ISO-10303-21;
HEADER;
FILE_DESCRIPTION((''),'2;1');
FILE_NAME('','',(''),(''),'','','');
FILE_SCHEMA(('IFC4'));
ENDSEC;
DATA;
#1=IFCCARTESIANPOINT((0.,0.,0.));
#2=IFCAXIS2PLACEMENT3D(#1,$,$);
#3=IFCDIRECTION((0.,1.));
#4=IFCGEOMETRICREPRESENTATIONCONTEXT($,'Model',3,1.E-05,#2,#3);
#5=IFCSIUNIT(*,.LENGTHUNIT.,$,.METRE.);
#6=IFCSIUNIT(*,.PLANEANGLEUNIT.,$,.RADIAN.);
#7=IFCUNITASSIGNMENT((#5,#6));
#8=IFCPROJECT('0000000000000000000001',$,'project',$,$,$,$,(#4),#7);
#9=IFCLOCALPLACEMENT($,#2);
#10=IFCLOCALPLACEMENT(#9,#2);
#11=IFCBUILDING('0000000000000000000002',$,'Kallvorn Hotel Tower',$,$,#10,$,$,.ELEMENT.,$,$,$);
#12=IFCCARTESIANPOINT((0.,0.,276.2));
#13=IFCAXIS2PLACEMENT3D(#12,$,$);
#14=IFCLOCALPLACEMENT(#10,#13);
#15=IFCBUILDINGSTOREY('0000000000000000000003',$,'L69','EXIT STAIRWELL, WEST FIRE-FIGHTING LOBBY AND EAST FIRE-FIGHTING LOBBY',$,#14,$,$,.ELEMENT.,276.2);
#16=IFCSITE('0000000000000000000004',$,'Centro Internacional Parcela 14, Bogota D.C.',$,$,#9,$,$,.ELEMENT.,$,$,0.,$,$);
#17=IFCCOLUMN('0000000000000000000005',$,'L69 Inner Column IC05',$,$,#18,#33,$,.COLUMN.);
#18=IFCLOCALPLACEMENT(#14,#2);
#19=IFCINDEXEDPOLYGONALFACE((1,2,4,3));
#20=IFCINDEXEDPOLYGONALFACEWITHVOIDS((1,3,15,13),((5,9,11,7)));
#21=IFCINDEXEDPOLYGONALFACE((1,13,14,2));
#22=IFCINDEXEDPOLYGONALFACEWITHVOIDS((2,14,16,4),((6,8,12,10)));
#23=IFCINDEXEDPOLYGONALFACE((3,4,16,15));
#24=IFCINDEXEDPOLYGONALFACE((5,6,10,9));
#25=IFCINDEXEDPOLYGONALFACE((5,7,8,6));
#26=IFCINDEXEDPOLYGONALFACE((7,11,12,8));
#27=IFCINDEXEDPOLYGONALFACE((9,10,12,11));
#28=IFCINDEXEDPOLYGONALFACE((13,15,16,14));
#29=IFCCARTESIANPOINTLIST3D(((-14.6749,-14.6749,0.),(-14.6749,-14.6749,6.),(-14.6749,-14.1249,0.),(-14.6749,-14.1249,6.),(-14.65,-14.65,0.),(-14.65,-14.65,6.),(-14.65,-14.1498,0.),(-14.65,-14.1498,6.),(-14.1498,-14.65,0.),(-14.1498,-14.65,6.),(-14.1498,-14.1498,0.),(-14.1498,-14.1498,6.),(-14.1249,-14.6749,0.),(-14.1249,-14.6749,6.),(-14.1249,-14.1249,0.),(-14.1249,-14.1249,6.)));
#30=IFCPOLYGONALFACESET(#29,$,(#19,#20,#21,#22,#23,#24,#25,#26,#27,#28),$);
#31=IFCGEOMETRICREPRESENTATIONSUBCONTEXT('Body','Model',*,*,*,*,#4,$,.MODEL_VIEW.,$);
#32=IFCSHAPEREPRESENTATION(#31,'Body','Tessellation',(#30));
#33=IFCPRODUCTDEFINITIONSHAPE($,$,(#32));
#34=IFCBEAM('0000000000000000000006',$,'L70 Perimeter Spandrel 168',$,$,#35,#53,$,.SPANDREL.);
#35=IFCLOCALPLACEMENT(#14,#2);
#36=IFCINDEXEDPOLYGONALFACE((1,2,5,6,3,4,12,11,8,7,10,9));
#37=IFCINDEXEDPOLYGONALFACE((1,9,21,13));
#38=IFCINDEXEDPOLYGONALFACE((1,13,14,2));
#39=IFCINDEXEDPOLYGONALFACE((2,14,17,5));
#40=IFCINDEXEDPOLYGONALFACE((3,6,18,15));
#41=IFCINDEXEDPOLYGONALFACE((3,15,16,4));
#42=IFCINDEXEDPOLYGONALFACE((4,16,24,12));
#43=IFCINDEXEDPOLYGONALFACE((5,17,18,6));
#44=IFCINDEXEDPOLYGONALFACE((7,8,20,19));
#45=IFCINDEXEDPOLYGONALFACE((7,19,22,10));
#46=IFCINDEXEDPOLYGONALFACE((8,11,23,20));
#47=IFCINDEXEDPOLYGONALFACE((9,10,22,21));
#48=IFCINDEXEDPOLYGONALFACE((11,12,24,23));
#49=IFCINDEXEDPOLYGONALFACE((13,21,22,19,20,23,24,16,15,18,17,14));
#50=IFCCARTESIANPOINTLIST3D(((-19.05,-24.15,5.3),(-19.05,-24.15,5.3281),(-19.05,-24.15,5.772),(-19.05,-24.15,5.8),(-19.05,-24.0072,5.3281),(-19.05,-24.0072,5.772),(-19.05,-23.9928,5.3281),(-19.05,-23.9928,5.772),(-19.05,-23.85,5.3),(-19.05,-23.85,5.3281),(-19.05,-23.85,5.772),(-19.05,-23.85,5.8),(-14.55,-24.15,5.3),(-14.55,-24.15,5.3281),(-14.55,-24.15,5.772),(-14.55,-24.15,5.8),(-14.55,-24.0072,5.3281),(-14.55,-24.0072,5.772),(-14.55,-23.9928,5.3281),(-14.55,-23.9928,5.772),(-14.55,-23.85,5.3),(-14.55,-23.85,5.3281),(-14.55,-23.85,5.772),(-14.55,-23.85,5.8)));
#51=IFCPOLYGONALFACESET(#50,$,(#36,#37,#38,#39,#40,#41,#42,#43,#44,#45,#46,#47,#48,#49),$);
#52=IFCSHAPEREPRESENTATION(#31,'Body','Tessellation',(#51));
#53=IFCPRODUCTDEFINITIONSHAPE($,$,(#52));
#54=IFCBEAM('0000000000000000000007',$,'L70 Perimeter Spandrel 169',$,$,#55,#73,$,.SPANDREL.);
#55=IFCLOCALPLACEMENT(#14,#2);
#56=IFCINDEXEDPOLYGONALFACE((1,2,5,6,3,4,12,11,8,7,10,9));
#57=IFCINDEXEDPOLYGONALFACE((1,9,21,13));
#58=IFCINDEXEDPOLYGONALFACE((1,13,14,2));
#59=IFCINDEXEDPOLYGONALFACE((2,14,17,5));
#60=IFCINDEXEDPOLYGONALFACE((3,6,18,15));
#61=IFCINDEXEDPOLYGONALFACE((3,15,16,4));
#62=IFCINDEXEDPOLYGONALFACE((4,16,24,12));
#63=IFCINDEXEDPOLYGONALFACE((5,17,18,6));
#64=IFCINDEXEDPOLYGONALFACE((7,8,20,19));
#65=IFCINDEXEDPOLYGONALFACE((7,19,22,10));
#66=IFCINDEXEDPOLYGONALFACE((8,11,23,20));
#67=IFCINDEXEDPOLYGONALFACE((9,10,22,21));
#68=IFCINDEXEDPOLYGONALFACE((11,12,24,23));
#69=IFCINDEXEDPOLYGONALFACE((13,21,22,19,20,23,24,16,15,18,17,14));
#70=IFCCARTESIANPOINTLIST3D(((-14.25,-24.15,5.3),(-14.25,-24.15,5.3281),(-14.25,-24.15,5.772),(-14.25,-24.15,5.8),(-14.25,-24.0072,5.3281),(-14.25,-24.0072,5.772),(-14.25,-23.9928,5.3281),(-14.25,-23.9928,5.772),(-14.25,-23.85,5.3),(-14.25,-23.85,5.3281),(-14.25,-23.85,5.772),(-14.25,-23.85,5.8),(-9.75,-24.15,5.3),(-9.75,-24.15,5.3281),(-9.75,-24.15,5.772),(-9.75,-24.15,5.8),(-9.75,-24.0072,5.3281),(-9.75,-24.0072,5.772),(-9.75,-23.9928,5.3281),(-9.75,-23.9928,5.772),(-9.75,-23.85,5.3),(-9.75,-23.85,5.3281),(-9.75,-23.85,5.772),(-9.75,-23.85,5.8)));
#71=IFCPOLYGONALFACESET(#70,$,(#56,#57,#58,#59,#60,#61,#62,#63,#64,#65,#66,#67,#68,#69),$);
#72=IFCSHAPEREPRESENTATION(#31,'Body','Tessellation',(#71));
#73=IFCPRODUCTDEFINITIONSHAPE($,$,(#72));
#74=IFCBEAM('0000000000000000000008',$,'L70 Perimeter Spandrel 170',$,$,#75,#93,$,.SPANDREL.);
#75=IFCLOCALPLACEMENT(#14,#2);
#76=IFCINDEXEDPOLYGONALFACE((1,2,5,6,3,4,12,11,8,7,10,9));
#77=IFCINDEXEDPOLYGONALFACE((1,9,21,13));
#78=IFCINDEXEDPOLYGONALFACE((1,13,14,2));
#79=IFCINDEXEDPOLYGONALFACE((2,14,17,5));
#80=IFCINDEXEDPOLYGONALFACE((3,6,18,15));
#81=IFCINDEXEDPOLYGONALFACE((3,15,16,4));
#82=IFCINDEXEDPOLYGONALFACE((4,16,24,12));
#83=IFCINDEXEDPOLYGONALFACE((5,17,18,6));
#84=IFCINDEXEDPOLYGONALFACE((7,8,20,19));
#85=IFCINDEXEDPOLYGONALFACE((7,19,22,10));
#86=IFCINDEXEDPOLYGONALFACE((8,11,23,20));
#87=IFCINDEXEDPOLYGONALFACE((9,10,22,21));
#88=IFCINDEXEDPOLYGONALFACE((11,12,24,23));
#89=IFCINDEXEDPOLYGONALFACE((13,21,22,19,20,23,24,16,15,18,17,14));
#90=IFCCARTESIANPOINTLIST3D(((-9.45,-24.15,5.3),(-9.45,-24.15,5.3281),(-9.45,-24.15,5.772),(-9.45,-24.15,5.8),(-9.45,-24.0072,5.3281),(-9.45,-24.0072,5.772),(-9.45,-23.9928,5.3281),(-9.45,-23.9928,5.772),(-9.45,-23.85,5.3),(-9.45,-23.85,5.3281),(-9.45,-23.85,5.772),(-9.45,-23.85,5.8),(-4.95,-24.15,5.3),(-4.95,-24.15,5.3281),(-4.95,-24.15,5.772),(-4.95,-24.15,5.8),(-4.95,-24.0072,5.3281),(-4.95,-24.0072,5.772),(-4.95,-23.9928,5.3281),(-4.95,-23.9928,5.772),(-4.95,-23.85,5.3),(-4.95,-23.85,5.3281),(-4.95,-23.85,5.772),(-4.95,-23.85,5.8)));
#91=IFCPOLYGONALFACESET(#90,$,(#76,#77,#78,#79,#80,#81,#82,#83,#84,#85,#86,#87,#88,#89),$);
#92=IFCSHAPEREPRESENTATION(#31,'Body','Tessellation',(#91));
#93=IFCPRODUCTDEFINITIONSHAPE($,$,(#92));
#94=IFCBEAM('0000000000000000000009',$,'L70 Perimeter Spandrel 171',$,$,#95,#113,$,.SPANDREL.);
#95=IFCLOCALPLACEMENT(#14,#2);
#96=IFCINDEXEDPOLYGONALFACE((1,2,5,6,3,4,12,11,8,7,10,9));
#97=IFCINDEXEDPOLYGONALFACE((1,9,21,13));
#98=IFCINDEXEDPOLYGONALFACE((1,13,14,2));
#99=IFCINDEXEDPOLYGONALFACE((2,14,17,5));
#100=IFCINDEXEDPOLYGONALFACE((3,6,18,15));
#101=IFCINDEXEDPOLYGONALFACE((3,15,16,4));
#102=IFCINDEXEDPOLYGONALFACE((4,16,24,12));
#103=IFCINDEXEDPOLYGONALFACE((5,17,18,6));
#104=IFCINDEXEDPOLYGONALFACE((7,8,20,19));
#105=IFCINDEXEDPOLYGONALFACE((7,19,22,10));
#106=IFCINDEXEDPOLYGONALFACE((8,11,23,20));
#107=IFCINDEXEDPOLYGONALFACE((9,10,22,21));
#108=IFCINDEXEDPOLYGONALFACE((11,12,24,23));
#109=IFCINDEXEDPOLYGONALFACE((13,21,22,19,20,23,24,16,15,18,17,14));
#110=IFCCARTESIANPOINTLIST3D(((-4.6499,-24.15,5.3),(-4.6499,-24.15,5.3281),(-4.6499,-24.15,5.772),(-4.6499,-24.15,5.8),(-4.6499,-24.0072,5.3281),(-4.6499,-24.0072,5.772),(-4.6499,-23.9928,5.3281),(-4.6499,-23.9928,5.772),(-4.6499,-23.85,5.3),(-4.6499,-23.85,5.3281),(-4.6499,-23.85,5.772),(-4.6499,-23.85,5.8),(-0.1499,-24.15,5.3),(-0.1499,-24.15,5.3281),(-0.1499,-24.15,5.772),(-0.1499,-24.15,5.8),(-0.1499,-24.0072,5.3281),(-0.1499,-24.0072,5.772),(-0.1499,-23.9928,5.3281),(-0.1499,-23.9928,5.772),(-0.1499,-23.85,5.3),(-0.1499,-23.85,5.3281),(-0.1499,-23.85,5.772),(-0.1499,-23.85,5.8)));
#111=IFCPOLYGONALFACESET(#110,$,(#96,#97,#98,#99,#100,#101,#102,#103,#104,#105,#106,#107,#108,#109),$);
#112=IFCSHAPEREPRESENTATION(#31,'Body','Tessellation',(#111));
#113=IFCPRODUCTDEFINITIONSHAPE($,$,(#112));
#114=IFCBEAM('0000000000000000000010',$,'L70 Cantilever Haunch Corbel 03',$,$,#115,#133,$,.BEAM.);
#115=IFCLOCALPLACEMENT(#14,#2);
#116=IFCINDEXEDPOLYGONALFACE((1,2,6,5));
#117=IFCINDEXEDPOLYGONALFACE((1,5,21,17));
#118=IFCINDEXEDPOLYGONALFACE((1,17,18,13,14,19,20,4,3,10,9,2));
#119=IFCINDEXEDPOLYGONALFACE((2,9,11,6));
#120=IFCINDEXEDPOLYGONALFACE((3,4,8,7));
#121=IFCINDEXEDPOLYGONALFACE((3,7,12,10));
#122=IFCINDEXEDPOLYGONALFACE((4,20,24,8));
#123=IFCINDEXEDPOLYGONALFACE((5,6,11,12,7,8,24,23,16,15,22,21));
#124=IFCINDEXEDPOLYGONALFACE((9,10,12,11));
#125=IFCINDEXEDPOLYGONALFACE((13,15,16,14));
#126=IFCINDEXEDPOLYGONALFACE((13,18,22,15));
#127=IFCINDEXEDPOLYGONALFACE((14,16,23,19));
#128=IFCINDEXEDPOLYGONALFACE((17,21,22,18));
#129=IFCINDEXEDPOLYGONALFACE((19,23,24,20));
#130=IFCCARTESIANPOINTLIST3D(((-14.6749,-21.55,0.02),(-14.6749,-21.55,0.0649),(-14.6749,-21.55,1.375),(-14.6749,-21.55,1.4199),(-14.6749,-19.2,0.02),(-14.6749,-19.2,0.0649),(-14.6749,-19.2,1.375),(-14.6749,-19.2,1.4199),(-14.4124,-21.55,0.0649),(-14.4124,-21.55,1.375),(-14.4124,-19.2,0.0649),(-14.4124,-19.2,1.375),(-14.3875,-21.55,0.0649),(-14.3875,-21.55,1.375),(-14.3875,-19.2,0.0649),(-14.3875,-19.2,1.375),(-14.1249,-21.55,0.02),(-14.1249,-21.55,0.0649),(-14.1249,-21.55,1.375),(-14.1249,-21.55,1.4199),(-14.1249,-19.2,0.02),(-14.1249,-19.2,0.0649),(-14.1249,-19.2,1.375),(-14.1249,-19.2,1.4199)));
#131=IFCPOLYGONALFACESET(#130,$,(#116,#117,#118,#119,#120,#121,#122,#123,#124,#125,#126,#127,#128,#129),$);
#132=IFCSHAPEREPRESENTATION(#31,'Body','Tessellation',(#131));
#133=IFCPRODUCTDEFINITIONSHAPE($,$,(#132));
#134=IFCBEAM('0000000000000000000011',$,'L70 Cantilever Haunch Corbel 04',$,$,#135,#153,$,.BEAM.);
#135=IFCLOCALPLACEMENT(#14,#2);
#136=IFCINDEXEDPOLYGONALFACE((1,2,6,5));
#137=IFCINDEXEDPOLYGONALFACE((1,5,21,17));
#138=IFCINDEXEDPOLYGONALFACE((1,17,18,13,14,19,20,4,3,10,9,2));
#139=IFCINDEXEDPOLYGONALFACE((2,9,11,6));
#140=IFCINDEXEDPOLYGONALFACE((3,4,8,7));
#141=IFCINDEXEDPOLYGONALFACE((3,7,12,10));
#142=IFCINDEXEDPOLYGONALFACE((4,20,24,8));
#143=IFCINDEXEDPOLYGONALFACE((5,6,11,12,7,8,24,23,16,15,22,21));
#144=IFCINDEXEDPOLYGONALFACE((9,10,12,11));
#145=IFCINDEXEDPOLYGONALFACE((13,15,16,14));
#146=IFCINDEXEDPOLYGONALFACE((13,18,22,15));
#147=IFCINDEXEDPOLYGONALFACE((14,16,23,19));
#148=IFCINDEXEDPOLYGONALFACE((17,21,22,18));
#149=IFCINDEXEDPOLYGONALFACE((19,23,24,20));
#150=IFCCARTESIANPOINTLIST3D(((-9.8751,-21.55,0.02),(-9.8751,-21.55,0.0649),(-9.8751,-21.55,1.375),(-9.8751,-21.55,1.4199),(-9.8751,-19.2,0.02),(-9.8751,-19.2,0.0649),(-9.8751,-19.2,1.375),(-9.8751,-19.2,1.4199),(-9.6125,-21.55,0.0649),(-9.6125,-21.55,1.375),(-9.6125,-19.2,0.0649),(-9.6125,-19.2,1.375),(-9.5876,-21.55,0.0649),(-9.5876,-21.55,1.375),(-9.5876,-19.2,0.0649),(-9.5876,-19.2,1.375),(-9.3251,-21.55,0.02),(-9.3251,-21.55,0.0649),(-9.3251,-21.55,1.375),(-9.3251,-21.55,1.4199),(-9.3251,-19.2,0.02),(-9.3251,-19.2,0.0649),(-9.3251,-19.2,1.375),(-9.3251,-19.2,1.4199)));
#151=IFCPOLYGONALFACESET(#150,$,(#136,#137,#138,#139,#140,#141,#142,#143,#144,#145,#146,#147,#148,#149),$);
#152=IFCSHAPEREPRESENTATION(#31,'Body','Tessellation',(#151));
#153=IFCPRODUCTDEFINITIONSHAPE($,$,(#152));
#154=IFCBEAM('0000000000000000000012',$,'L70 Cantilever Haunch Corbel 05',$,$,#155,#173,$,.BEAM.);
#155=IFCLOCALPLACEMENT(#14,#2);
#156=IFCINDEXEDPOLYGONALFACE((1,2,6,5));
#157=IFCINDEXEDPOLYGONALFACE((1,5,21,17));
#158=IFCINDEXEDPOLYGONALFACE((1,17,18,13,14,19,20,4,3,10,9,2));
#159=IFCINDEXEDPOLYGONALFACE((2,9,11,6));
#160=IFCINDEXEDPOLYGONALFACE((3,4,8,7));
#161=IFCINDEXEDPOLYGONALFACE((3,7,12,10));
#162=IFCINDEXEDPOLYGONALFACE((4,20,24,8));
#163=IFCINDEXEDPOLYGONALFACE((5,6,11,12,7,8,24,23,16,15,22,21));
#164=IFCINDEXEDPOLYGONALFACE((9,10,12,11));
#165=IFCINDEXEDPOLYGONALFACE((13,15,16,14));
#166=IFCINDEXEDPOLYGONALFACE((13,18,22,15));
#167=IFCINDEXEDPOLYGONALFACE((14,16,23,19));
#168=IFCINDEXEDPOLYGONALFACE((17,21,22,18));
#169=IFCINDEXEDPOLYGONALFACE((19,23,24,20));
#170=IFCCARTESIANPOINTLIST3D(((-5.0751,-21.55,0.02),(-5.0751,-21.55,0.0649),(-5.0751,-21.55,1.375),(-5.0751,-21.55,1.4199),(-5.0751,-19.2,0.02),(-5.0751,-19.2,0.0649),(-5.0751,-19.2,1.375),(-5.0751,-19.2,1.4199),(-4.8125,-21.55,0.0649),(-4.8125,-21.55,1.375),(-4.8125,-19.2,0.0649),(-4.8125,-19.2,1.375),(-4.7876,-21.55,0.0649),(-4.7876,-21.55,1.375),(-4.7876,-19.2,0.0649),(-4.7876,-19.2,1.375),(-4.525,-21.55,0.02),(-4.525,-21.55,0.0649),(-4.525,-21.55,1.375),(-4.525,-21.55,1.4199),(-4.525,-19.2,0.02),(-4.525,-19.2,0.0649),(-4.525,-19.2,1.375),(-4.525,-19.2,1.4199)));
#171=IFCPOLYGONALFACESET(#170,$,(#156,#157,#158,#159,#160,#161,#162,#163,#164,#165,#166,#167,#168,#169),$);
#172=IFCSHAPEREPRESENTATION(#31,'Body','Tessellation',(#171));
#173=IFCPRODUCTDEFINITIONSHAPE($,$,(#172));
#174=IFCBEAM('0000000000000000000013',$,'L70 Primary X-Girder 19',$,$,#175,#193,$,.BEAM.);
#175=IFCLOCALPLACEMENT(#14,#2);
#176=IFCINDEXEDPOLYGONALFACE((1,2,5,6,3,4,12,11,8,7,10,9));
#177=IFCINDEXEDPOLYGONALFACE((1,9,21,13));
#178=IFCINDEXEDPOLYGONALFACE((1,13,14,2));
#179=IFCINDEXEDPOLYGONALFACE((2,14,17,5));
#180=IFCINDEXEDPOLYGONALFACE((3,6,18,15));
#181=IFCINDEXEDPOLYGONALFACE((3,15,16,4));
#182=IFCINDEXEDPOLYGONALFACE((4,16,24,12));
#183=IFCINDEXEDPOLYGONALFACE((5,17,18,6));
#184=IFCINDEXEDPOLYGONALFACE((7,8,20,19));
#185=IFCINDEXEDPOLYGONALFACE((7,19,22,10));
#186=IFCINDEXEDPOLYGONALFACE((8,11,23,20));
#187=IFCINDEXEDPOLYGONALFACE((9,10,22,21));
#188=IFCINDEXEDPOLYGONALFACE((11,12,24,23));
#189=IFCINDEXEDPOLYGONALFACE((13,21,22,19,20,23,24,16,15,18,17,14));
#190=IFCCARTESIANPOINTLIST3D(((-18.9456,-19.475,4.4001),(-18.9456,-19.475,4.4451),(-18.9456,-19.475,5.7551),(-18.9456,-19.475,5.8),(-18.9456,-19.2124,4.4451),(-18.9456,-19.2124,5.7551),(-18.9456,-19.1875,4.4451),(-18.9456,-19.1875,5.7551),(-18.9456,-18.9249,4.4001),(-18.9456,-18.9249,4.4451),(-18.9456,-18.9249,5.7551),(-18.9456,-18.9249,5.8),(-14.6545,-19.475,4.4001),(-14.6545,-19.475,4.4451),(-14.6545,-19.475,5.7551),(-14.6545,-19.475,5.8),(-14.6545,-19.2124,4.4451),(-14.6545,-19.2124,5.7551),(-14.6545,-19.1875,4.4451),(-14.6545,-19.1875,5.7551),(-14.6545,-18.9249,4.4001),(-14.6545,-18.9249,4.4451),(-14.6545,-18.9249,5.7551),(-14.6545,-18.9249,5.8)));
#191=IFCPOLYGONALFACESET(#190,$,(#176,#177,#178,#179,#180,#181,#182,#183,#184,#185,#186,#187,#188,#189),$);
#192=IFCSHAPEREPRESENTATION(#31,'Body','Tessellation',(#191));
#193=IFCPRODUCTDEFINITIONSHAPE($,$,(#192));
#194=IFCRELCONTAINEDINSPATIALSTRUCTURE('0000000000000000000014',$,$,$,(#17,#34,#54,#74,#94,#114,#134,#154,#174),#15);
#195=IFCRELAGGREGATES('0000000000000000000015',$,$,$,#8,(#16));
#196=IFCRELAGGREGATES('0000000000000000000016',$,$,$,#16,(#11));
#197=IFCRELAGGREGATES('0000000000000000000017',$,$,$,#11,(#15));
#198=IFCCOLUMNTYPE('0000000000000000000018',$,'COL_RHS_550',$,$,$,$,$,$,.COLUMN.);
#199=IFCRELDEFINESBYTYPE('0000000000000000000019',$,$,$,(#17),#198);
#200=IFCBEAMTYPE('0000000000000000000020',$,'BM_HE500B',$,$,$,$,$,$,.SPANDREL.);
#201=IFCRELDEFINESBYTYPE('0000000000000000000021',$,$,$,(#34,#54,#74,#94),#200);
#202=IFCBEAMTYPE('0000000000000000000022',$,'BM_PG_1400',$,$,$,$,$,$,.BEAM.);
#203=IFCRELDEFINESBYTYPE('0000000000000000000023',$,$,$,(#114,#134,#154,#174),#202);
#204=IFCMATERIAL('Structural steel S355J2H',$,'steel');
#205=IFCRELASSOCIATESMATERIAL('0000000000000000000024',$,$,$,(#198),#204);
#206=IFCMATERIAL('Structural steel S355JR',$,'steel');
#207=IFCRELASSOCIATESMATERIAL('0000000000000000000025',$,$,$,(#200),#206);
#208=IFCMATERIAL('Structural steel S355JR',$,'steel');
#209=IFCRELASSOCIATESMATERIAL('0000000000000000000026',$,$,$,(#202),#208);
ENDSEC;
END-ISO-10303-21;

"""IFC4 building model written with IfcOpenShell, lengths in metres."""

from ifc_helpers import new_model, si_unit, direction, frame, origin, origin_2d, place, context, subcontext, project, spatial, hollow_rectangle, i_section, extrude, material, material_profile, profile_set, type_object, element, save


model = new_model("IFC4")

# Units and contexts
model_context = context("Model", 3, precision=1e-05, world=origin(), true_north=direction((0.0, 1.0)))
body_context = subcontext(model_context, "Body", "Model", "MODEL_VIEW")
ifc_project = project(units=[si_unit("LENGTHUNIT", "METRE"), si_unit("PLANEANGLEUNIT", "RADIAN")], contexts=[model_context])

# Site, building, storey
site_placement = place(None, origin())
site = spatial("IfcSite", under=ifc_project, at=site_placement, Name="Centro Internacional Parcela 14, Bogota D.C.", CompositionType="ELEMENT", RefElevation=0.0)
building_placement = place(site_placement, origin())
building = spatial("IfcBuilding", under=site, at=building_placement, Name="Kallvorn Hotel Tower", CompositionType="ELEMENT")
storey_placement = place(building_placement, frame((0.0, 0.0, 276.2)))
storey = spatial("IfcBuildingStorey", under=building, at=storey_placement, Name="L69", Description="EXIT STAIRWELL, WEST FIRE-FIGHTING LOBBY AND EAST FIRE-FIGHTING LOBBY", CompositionType="ELEMENT", Elevation=276.2)

# Column
ifc_material_1 = material(Name="Structural steel S355J2H", Category="steel")
ifc_material_profile_1 = material_profile(ifc_material_1, hollow_rectangle(XDim=0.55, YDim=0.55, WallThickness=0.0249, at=origin_2d()), Name="RHS 550x550x25")
ifc_profile_set_1 = profile_set([ifc_material_profile_1], Name="Structural steel S355J2H")
column_type_1 = type_object("IfcColumnType", Name="COL_RHS_550", PredefinedType="COLUMN", material=ifc_profile_set_1)
column_placement = place(storey_placement, frame((-14.3999, -14.3999, 0.0), z_axis=(0.0, 0.0, 1.0), x_axis=(1.0, 0.0, 0.0)))
element("IfcColumn", 1, at=column_placement, inside=storey, type_object=column_type_1, Name="L69 Inner Column IC05", PredefinedType="COLUMN", context=body_context, shape_type="SweptSolid", body=[
    extrude(hollow_rectangle(XDim=0.55, YDim=0.55, WallThickness=0.0249, at=origin_2d()), origin(), (0.0, 0.0, 1.0), 6.0),
])

# Beams
ifc_material_2 = material(Name="Structural steel S355JR", Category="steel")
ifc_material_profile_2 = material_profile(ifc_material_2, i_section(OverallWidth=0.3, OverallDepth=0.5, WebThickness=0.0144, FlangeThickness=0.0281, at=origin_2d()), Name="HE 500 B")
ifc_profile_set_2 = profile_set([ifc_material_profile_2], Name="Structural steel S355JR")
beam_type_1 = type_object("IfcBeamType", Name="BM_HE500B", PredefinedType="SPANDREL", material=ifc_profile_set_2)
for number, where, z_axis, x_axis, name in (
    (2, (-19.05, -24.0, 5.55), (1.0, 0.0, 0.0), (0.0, 1.0, 0.0), "L70 Perimeter Spandrel 168"),
    (3, (-14.25, -24.0, 5.55), (1.0, 0.0, 0.0), (0.0, 1.0, 0.0), "L70 Perimeter Spandrel 169"),
    (4, (-9.45, -24.0, 5.55), (1.0, 0.0, 0.0), (0.0, 1.0, 0.0), "L70 Perimeter Spandrel 170"),
    (5, (-4.6499, -24.0, 5.55), (1.0, 0.0, 0.0), (0.0, 1.0, 0.0), "L70 Perimeter Spandrel 171"),
):
    element("IfcBeam", number, at=place(storey_placement, frame(where, z_axis=z_axis, x_axis=x_axis)), inside=storey, type_object=beam_type_1, Name=name, PredefinedType="SPANDREL", context=body_context, shape_type="SweptSolid", body=[
        extrude(i_section(OverallWidth=0.3, OverallDepth=0.5, WebThickness=0.0144, FlangeThickness=0.0281, at=origin_2d()), origin(), (0.0, 0.0, 1.0), 4.5),
    ])
ifc_material_3 = material(Name="Structural steel S355JR", Category="steel")
ifc_material_profile_3 = material_profile(ifc_material_3, i_section(OverallWidth=0.55, OverallDepth=1.3999, WebThickness=0.0249, FlangeThickness=0.0449, at=origin_2d()), Name="PG 1400x550x25x45")
ifc_profile_set_3 = profile_set([ifc_material_profile_3], Name="Structural steel S355JR")
beam_type_2 = type_object("IfcBeamType", Name="BM_PG_1400", PredefinedType="BEAM", material=ifc_profile_set_3)
for number, where, z_axis, x_axis, name in (
    (6, (-14.3999, -19.2, 0.72), (0.0, -1.0, 0.0), (1.0, 0.0, 0.0), "L70 Cantilever Haunch Corbel 03"),
    (7, (-9.6001, -19.2, 0.72), (0.0, -1.0, 0.0), (1.0, 0.0, 0.0), "L70 Cantilever Haunch Corbel 04"),
    (8, (-4.8, -19.2, 0.72), (0.0, -1.0, 0.0), (1.0, 0.0, 0.0), "L70 Cantilever Haunch Corbel 05"),
):
    element("IfcBeam", number, at=place(storey_placement, frame(where, z_axis=z_axis, x_axis=x_axis)), inside=storey, type_object=beam_type_2, Name=name, PredefinedType="BEAM", context=body_context, shape_type="SweptSolid", body=[
        extrude(i_section(OverallWidth=0.55, OverallDepth=1.3999, WebThickness=0.0249, FlangeThickness=0.0449, at=origin_2d()), origin(), (0.0, 0.0, 1.0), 2.3501),
    ])
for number, where, z_axis, x_axis, name in (
    (9, (-18.9456, -19.2, 5.1001), (1.0, 0.0, 0.0), (0.0, 1.0, 0.0), "L70 Primary X-Girder 19"),
):
    element("IfcBeam", number, at=place(storey_placement, frame(where, z_axis=z_axis, x_axis=x_axis)), inside=storey, type_object=beam_type_2, Name=name, PredefinedType="BEAM", context=body_context, shape_type="SweptSolid", body=[
        extrude(i_section(OverallWidth=0.55, OverallDepth=1.3999, WebThickness=0.0249, FlangeThickness=0.0449, at=origin_2d()), origin(), (0.0, 0.0, 1.0), 4.291),
    ])

save(model, "model.ifc")
